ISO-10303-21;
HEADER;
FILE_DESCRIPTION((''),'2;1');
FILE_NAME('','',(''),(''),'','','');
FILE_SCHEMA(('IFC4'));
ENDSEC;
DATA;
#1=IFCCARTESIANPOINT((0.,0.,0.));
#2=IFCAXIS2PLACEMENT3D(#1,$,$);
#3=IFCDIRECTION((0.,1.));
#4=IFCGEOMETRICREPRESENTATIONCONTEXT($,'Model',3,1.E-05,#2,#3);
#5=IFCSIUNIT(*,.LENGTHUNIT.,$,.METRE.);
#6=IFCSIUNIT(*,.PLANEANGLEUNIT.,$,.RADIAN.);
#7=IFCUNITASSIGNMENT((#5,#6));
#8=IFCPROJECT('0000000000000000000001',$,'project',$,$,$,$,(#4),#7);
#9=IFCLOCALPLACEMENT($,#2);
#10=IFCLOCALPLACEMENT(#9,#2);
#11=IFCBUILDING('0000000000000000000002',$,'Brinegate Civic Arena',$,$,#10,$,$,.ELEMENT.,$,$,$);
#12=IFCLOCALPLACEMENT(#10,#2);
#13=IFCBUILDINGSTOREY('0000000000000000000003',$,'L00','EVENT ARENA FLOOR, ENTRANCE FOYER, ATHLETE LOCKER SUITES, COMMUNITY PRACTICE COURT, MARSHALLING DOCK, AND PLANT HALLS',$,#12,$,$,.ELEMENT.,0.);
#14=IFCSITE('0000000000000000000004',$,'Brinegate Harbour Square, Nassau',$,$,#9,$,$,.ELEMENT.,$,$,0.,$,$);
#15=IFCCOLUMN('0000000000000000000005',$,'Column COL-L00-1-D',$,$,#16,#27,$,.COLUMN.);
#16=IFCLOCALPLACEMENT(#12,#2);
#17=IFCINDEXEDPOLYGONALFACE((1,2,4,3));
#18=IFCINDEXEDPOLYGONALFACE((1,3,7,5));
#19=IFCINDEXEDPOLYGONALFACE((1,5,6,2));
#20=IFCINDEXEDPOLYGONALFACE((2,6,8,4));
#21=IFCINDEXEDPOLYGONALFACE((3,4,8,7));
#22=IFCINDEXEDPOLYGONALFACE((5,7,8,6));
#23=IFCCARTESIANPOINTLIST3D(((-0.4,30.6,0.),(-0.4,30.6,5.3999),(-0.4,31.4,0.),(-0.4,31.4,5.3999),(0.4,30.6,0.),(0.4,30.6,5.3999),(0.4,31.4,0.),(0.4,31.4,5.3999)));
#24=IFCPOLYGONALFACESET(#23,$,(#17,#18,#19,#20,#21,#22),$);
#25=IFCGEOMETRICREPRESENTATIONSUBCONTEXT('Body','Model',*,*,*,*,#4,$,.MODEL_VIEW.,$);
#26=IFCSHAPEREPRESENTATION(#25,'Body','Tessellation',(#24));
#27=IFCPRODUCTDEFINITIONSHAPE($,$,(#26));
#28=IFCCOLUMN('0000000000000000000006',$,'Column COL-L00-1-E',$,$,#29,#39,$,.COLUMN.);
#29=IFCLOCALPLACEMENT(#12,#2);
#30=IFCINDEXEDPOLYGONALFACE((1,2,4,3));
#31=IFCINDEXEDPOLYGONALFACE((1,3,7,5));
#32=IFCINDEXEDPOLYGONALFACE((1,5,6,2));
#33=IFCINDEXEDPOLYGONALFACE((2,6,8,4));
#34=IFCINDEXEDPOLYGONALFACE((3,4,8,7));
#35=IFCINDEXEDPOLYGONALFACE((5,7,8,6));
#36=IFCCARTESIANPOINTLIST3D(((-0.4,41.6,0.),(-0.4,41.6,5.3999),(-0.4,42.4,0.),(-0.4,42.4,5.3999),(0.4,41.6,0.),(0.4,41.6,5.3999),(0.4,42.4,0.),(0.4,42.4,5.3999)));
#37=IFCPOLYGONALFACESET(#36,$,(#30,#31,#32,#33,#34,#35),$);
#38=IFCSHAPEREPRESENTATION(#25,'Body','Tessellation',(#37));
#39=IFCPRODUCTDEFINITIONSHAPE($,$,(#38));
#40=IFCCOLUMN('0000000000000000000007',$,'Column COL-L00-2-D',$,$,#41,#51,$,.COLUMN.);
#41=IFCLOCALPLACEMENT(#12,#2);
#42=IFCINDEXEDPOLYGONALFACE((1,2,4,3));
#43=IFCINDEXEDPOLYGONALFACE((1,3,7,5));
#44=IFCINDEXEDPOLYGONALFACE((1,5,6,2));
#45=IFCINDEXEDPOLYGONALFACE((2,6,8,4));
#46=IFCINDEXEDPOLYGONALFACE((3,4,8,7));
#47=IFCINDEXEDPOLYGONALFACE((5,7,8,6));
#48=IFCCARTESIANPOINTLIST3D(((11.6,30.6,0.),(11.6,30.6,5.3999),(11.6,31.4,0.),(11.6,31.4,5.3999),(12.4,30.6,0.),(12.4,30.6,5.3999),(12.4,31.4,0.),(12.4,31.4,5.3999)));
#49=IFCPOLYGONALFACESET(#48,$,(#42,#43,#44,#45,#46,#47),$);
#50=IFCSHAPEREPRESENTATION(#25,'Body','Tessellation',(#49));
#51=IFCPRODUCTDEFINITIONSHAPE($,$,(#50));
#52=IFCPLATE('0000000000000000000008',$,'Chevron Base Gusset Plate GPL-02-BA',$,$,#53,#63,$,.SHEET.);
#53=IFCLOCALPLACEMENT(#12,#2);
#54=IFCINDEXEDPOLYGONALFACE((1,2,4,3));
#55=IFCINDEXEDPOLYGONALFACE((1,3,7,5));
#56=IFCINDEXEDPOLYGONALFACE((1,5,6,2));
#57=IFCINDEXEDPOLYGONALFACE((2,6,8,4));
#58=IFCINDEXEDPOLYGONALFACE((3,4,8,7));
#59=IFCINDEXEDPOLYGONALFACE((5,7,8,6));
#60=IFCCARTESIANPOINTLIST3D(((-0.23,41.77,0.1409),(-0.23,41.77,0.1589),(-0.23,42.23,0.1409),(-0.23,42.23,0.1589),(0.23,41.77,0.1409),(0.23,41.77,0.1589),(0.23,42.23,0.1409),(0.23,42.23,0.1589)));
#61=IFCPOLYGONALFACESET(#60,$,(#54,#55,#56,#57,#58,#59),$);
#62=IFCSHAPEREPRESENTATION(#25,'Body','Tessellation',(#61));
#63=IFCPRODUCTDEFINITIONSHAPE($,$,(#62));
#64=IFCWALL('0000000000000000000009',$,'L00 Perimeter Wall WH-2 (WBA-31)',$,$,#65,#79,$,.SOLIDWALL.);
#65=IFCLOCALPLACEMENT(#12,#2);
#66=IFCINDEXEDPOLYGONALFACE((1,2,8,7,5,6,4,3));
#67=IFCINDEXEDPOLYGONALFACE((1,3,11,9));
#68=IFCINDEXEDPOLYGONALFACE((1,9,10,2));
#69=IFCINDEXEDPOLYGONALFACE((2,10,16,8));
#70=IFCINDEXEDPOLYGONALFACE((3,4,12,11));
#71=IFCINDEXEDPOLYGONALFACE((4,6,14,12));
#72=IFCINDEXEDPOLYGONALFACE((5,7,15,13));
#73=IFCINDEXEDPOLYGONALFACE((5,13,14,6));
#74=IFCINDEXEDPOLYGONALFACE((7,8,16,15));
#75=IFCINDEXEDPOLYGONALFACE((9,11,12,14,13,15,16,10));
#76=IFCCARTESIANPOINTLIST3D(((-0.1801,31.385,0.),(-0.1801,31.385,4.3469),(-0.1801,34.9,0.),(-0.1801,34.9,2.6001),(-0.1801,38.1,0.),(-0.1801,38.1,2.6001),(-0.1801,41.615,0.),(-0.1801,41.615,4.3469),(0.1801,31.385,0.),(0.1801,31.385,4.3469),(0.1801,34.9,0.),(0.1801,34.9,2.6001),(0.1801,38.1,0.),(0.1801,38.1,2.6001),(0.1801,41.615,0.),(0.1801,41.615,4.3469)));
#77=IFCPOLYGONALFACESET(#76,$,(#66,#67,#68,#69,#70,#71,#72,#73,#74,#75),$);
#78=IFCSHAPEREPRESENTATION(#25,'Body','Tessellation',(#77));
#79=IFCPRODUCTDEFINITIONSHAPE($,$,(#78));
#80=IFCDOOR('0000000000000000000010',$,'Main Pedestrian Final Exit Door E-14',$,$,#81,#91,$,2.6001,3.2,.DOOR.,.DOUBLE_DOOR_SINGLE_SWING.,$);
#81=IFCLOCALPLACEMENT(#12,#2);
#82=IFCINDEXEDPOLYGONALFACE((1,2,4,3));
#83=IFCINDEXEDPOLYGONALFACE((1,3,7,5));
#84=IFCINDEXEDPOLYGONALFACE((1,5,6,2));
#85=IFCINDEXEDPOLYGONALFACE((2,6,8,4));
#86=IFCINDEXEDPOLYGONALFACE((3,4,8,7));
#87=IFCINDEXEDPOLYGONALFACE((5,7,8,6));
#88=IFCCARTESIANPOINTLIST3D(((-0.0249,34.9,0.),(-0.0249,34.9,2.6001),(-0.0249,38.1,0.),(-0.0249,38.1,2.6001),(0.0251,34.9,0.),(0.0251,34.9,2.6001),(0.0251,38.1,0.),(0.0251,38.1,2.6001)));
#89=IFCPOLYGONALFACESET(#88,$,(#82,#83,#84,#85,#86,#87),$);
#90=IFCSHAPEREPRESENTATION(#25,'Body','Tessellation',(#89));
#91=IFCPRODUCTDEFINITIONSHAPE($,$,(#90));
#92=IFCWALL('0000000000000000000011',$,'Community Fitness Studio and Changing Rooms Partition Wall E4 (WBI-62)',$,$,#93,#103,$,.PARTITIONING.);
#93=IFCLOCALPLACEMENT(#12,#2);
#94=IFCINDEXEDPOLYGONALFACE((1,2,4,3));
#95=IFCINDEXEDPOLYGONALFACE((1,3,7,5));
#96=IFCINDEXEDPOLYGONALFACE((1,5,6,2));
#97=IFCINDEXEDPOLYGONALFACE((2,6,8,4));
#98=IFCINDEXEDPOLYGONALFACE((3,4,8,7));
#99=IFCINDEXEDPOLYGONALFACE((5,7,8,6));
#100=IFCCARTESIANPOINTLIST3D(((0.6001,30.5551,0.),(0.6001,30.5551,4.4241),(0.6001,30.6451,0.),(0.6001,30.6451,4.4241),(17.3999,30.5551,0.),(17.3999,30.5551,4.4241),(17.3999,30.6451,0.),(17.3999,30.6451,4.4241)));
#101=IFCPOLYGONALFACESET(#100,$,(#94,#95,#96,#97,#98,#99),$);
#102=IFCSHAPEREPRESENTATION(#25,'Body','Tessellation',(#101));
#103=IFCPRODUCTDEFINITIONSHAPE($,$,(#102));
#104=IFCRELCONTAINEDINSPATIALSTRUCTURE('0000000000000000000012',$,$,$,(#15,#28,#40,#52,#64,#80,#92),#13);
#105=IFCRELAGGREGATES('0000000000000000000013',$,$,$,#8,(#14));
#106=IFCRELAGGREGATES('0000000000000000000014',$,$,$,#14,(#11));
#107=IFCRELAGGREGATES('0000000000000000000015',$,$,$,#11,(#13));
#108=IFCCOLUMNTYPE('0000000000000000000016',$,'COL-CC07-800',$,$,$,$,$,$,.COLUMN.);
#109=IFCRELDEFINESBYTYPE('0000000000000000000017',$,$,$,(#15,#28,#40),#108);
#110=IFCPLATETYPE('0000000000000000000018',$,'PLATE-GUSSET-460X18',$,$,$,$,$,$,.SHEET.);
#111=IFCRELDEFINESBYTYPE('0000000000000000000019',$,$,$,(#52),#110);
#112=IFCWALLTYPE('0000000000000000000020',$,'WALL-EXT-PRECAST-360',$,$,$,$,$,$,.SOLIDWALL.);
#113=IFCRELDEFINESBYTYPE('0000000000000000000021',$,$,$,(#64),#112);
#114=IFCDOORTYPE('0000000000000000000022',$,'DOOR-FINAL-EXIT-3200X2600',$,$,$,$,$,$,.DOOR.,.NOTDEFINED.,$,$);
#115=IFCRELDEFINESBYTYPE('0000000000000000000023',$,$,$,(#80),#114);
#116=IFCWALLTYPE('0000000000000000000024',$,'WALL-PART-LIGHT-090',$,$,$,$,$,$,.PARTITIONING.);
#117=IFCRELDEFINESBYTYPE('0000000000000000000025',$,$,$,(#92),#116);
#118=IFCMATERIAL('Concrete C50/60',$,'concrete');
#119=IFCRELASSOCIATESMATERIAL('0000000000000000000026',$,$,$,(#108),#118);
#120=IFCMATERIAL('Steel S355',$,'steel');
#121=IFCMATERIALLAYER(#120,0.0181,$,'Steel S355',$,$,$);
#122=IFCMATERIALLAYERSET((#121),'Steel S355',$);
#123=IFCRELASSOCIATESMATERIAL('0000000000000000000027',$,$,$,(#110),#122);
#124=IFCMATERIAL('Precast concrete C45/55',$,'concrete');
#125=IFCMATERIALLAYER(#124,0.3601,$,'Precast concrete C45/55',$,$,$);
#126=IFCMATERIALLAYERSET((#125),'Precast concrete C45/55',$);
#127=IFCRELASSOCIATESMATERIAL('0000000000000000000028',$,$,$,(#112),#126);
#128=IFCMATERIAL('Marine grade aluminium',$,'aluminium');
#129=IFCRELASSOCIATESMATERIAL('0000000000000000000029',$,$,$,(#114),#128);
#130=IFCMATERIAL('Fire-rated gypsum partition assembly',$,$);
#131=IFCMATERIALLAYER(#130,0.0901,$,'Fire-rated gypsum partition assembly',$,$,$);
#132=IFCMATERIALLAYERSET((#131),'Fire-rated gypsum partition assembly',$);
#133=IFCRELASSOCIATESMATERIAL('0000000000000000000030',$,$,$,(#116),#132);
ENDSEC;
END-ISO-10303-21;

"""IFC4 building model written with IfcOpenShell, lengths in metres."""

from ifc_helpers import new_model, si_unit, direction, frame, frame_2d, origin, origin_2d, place, context, subcontext, project, spatial, rectangle, extrude, material, layer, layer_set, material_profile, profile_set, type_object, element, fill, save


model = new_model("IFC4")

# Units and contexts
model_context = context("Model", 3, precision=1e-05, world=origin(), true_north=direction((0.0, 1.0)))
body_context = subcontext(model_context, "Body", "Model", "MODEL_VIEW")
ifc_project = project(units=[si_unit("LENGTHUNIT", "METRE"), si_unit("PLANEANGLEUNIT", "RADIAN")], contexts=[model_context])

# Site, building, storey
site_placement = place(None, origin())
site = spatial("IfcSite", under=ifc_project, at=site_placement, Name="Brinegate Harbour Square, Nassau", CompositionType="ELEMENT", RefElevation=0.0)
building_placement = place(site_placement, origin())
building = spatial("IfcBuilding", under=site, at=building_placement, Name="Brinegate Civic Arena", CompositionType="ELEMENT")
storey_placement = place(building_placement, origin())
storey = spatial("IfcBuildingStorey", under=building, at=storey_placement, Name="L00", Description="EVENT ARENA FLOOR, ENTRANCE FOYER, ATHLETE LOCKER SUITES, COMMUNITY PRACTICE COURT, MARSHALLING DOCK, AND PLANT HALLS", CompositionType="ELEMENT", Elevation=0.0)

# Columns
ifc_material_1 = material(Name="Concrete C50/60", Category="concrete")
ifc_material_profile_1 = material_profile(ifc_material_1, rectangle(XDim=0.8, YDim=0.8, at=origin_2d()), Name="RC800X800")
ifc_profile_set_1 = profile_set([ifc_material_profile_1], Name="Concrete C50/60")
column_type = type_object("IfcColumnType", Name="COL-CC07-800", PredefinedType="COLUMN", material=ifc_profile_set_1)
for number, where, z_axis, x_axis, name in (
    (1, (0.0, 31.0, 0.0), (0.0, 0.0, 1.0), (1.0, 0.0, 0.0), "Column COL-L00-1-D"),
    (2, (0.0, 42.0, 0.0), (0.0, 0.0, 1.0), (1.0, 0.0, 0.0), "Column COL-L00-1-E"),
    (3, (12.0, 31.0, 0.0), (0.0, 0.0, 1.0), (1.0, 0.0, 0.0), "Column COL-L00-2-D"),
):
    element("IfcColumn", number, at=place(storey_placement, frame(where, z_axis=z_axis, x_axis=x_axis)), inside=storey, type_object=column_type, Name=name, PredefinedType="COLUMN", context=body_context, shape_type="SweptSolid", body=[
        extrude(rectangle(XDim=0.8, YDim=0.8, at=origin_2d()), origin(), (0.0, 0.0, 1.0), 5.3999),
    ])

# Plate
ifc_material_2 = material(Name="Steel S355", Category="steel")
ifc_layer_1 = layer(ifc_material_2, 0.0181, Name="Steel S355")
ifc_layer_set_1 = layer_set([ifc_layer_1], Name="Steel S355")
plate_type = type_object("IfcPlateType", Name="PLATE-GUSSET-460X18", PredefinedType="SHEET", material=ifc_layer_set_1)
plate_placement = place(storey_placement, frame((0.0, 42.0, 0.1409), z_axis=(0.0, 0.0, 1.0), x_axis=(1.0, 0.0, 0.0)))
element("IfcPlate", 4, at=plate_placement, inside=storey, type_object=plate_type, Name="Chevron Base Gusset Plate GPL-02-BA", PredefinedType="SHEET", context=body_context, shape_type="SweptSolid", body=[
    extrude(rectangle(XDim=0.46, YDim=0.46, at=origin_2d()), origin(), (0.0, 0.0, 1.0), 0.0181),
])

# Wall, opening, door
ifc_material_3 = material(Name="Precast concrete C45/55", Category="concrete")
ifc_layer_2 = layer(ifc_material_3, 0.3601, Name="Precast concrete C45/55")
ifc_layer_set_2 = layer_set([ifc_layer_2], Name="Precast concrete C45/55")
wall_type_1 = type_object("IfcWallType", Name="WALL-EXT-PRECAST-360", PredefinedType="SOLIDWALL", material=ifc_layer_set_2)
wall_1_placement = place(storey_placement, frame((0.0, 31.385, 0.0), z_axis=(0.0, 0.0, 1.0), x_axis=(0.0, 1.0, 0.0)))
wall_1 = element("IfcWall", 5, at=wall_1_placement, inside=storey, type_object=wall_type_1, Name="L00 Perimeter Wall WH-2 (WBA-31)", PredefinedType="SOLIDWALL", context=body_context, shape_type="SweptSolid", body=[
    extrude(rectangle(XDim=10.23, YDim=0.3601, at=frame_2d((5.115, 0.0))), origin(), (0.0, 0.0, 1.0), 4.3469),
])
opening_placement = place(wall_1_placement, frame((3.5149, 0.0, 0.0)))
opening = element("IfcOpeningElement", 6, at=opening_placement, cuts=wall_1, PredefinedType="OPENING", context=body_context, shape_type="SweptSolid", body=[
    extrude(rectangle(XDim=3.2, YDim=2.6001, at=frame_2d((1.6001, 1.3))), frame((0.0, 0.1899, 0.0), z_axis=(0.0, -1.0, 0.0), x_axis=(1.0, 0.0, 0.0)), (0.0, 0.0, 1.0), 0.3801),
])
ifc_material_4 = material(Name="Marine grade aluminium", Category="aluminium")
door_type = type_object("IfcDoorType", Name="DOOR-FINAL-EXIT-3200X2600", OperationType="NOTDEFINED", PredefinedType="DOOR", material=ifc_material_4)
door_placement = place(opening_placement, origin())
door = element("IfcDoor", 7, at=door_placement, inside=storey, type_object=door_type, Name="Main Pedestrian Final Exit Door E-14", OperationType="DOUBLE_DOOR_SINGLE_SWING", OverallHeight=2.6001, OverallWidth=3.2, PredefinedType="DOOR", context=body_context, shape_type="SweptSolid", body=[
    extrude(rectangle(XDim=3.2, YDim=2.6001, at=frame_2d((1.6001, 1.3))), frame((0.0, 0.0249, 0.0), z_axis=(0.0, -1.0, 0.0), x_axis=(1.0, 0.0, 0.0)), (0.0, 0.0, 1.0), 0.05),
])
fill(opening, door)

# Wall
ifc_material_5 = material(Name="Fire-rated gypsum partition assembly")
ifc_layer_3 = layer(ifc_material_5, 0.0901, Name="Fire-rated gypsum partition assembly")
ifc_layer_set_3 = layer_set([ifc_layer_3], Name="Fire-rated gypsum partition assembly")
wall_type_2 = type_object("IfcWallType", Name="WALL-PART-LIGHT-090", PredefinedType="PARTITIONING", material=ifc_layer_set_3)
wall_2_placement = place(storey_placement, frame((0.6001, 30.6001, 0.0), z_axis=(0.0, 0.0, 1.0), x_axis=(1.0, 0.0, 0.0)))
element("IfcWall", 8, at=wall_2_placement, inside=storey, type_object=wall_type_2, Name="Community Fitness Studio and Changing Rooms Partition Wall E4 (WBI-62)", PredefinedType="PARTITIONING", context=body_context, shape_type="SweptSolid", body=[
    extrude(rectangle(XDim=16.7998, YDim=0.0901, at=frame_2d((8.3999, 0.0))), origin(), (0.0, 0.0, 1.0), 4.4241),
])

save(model, "model.ifc")
